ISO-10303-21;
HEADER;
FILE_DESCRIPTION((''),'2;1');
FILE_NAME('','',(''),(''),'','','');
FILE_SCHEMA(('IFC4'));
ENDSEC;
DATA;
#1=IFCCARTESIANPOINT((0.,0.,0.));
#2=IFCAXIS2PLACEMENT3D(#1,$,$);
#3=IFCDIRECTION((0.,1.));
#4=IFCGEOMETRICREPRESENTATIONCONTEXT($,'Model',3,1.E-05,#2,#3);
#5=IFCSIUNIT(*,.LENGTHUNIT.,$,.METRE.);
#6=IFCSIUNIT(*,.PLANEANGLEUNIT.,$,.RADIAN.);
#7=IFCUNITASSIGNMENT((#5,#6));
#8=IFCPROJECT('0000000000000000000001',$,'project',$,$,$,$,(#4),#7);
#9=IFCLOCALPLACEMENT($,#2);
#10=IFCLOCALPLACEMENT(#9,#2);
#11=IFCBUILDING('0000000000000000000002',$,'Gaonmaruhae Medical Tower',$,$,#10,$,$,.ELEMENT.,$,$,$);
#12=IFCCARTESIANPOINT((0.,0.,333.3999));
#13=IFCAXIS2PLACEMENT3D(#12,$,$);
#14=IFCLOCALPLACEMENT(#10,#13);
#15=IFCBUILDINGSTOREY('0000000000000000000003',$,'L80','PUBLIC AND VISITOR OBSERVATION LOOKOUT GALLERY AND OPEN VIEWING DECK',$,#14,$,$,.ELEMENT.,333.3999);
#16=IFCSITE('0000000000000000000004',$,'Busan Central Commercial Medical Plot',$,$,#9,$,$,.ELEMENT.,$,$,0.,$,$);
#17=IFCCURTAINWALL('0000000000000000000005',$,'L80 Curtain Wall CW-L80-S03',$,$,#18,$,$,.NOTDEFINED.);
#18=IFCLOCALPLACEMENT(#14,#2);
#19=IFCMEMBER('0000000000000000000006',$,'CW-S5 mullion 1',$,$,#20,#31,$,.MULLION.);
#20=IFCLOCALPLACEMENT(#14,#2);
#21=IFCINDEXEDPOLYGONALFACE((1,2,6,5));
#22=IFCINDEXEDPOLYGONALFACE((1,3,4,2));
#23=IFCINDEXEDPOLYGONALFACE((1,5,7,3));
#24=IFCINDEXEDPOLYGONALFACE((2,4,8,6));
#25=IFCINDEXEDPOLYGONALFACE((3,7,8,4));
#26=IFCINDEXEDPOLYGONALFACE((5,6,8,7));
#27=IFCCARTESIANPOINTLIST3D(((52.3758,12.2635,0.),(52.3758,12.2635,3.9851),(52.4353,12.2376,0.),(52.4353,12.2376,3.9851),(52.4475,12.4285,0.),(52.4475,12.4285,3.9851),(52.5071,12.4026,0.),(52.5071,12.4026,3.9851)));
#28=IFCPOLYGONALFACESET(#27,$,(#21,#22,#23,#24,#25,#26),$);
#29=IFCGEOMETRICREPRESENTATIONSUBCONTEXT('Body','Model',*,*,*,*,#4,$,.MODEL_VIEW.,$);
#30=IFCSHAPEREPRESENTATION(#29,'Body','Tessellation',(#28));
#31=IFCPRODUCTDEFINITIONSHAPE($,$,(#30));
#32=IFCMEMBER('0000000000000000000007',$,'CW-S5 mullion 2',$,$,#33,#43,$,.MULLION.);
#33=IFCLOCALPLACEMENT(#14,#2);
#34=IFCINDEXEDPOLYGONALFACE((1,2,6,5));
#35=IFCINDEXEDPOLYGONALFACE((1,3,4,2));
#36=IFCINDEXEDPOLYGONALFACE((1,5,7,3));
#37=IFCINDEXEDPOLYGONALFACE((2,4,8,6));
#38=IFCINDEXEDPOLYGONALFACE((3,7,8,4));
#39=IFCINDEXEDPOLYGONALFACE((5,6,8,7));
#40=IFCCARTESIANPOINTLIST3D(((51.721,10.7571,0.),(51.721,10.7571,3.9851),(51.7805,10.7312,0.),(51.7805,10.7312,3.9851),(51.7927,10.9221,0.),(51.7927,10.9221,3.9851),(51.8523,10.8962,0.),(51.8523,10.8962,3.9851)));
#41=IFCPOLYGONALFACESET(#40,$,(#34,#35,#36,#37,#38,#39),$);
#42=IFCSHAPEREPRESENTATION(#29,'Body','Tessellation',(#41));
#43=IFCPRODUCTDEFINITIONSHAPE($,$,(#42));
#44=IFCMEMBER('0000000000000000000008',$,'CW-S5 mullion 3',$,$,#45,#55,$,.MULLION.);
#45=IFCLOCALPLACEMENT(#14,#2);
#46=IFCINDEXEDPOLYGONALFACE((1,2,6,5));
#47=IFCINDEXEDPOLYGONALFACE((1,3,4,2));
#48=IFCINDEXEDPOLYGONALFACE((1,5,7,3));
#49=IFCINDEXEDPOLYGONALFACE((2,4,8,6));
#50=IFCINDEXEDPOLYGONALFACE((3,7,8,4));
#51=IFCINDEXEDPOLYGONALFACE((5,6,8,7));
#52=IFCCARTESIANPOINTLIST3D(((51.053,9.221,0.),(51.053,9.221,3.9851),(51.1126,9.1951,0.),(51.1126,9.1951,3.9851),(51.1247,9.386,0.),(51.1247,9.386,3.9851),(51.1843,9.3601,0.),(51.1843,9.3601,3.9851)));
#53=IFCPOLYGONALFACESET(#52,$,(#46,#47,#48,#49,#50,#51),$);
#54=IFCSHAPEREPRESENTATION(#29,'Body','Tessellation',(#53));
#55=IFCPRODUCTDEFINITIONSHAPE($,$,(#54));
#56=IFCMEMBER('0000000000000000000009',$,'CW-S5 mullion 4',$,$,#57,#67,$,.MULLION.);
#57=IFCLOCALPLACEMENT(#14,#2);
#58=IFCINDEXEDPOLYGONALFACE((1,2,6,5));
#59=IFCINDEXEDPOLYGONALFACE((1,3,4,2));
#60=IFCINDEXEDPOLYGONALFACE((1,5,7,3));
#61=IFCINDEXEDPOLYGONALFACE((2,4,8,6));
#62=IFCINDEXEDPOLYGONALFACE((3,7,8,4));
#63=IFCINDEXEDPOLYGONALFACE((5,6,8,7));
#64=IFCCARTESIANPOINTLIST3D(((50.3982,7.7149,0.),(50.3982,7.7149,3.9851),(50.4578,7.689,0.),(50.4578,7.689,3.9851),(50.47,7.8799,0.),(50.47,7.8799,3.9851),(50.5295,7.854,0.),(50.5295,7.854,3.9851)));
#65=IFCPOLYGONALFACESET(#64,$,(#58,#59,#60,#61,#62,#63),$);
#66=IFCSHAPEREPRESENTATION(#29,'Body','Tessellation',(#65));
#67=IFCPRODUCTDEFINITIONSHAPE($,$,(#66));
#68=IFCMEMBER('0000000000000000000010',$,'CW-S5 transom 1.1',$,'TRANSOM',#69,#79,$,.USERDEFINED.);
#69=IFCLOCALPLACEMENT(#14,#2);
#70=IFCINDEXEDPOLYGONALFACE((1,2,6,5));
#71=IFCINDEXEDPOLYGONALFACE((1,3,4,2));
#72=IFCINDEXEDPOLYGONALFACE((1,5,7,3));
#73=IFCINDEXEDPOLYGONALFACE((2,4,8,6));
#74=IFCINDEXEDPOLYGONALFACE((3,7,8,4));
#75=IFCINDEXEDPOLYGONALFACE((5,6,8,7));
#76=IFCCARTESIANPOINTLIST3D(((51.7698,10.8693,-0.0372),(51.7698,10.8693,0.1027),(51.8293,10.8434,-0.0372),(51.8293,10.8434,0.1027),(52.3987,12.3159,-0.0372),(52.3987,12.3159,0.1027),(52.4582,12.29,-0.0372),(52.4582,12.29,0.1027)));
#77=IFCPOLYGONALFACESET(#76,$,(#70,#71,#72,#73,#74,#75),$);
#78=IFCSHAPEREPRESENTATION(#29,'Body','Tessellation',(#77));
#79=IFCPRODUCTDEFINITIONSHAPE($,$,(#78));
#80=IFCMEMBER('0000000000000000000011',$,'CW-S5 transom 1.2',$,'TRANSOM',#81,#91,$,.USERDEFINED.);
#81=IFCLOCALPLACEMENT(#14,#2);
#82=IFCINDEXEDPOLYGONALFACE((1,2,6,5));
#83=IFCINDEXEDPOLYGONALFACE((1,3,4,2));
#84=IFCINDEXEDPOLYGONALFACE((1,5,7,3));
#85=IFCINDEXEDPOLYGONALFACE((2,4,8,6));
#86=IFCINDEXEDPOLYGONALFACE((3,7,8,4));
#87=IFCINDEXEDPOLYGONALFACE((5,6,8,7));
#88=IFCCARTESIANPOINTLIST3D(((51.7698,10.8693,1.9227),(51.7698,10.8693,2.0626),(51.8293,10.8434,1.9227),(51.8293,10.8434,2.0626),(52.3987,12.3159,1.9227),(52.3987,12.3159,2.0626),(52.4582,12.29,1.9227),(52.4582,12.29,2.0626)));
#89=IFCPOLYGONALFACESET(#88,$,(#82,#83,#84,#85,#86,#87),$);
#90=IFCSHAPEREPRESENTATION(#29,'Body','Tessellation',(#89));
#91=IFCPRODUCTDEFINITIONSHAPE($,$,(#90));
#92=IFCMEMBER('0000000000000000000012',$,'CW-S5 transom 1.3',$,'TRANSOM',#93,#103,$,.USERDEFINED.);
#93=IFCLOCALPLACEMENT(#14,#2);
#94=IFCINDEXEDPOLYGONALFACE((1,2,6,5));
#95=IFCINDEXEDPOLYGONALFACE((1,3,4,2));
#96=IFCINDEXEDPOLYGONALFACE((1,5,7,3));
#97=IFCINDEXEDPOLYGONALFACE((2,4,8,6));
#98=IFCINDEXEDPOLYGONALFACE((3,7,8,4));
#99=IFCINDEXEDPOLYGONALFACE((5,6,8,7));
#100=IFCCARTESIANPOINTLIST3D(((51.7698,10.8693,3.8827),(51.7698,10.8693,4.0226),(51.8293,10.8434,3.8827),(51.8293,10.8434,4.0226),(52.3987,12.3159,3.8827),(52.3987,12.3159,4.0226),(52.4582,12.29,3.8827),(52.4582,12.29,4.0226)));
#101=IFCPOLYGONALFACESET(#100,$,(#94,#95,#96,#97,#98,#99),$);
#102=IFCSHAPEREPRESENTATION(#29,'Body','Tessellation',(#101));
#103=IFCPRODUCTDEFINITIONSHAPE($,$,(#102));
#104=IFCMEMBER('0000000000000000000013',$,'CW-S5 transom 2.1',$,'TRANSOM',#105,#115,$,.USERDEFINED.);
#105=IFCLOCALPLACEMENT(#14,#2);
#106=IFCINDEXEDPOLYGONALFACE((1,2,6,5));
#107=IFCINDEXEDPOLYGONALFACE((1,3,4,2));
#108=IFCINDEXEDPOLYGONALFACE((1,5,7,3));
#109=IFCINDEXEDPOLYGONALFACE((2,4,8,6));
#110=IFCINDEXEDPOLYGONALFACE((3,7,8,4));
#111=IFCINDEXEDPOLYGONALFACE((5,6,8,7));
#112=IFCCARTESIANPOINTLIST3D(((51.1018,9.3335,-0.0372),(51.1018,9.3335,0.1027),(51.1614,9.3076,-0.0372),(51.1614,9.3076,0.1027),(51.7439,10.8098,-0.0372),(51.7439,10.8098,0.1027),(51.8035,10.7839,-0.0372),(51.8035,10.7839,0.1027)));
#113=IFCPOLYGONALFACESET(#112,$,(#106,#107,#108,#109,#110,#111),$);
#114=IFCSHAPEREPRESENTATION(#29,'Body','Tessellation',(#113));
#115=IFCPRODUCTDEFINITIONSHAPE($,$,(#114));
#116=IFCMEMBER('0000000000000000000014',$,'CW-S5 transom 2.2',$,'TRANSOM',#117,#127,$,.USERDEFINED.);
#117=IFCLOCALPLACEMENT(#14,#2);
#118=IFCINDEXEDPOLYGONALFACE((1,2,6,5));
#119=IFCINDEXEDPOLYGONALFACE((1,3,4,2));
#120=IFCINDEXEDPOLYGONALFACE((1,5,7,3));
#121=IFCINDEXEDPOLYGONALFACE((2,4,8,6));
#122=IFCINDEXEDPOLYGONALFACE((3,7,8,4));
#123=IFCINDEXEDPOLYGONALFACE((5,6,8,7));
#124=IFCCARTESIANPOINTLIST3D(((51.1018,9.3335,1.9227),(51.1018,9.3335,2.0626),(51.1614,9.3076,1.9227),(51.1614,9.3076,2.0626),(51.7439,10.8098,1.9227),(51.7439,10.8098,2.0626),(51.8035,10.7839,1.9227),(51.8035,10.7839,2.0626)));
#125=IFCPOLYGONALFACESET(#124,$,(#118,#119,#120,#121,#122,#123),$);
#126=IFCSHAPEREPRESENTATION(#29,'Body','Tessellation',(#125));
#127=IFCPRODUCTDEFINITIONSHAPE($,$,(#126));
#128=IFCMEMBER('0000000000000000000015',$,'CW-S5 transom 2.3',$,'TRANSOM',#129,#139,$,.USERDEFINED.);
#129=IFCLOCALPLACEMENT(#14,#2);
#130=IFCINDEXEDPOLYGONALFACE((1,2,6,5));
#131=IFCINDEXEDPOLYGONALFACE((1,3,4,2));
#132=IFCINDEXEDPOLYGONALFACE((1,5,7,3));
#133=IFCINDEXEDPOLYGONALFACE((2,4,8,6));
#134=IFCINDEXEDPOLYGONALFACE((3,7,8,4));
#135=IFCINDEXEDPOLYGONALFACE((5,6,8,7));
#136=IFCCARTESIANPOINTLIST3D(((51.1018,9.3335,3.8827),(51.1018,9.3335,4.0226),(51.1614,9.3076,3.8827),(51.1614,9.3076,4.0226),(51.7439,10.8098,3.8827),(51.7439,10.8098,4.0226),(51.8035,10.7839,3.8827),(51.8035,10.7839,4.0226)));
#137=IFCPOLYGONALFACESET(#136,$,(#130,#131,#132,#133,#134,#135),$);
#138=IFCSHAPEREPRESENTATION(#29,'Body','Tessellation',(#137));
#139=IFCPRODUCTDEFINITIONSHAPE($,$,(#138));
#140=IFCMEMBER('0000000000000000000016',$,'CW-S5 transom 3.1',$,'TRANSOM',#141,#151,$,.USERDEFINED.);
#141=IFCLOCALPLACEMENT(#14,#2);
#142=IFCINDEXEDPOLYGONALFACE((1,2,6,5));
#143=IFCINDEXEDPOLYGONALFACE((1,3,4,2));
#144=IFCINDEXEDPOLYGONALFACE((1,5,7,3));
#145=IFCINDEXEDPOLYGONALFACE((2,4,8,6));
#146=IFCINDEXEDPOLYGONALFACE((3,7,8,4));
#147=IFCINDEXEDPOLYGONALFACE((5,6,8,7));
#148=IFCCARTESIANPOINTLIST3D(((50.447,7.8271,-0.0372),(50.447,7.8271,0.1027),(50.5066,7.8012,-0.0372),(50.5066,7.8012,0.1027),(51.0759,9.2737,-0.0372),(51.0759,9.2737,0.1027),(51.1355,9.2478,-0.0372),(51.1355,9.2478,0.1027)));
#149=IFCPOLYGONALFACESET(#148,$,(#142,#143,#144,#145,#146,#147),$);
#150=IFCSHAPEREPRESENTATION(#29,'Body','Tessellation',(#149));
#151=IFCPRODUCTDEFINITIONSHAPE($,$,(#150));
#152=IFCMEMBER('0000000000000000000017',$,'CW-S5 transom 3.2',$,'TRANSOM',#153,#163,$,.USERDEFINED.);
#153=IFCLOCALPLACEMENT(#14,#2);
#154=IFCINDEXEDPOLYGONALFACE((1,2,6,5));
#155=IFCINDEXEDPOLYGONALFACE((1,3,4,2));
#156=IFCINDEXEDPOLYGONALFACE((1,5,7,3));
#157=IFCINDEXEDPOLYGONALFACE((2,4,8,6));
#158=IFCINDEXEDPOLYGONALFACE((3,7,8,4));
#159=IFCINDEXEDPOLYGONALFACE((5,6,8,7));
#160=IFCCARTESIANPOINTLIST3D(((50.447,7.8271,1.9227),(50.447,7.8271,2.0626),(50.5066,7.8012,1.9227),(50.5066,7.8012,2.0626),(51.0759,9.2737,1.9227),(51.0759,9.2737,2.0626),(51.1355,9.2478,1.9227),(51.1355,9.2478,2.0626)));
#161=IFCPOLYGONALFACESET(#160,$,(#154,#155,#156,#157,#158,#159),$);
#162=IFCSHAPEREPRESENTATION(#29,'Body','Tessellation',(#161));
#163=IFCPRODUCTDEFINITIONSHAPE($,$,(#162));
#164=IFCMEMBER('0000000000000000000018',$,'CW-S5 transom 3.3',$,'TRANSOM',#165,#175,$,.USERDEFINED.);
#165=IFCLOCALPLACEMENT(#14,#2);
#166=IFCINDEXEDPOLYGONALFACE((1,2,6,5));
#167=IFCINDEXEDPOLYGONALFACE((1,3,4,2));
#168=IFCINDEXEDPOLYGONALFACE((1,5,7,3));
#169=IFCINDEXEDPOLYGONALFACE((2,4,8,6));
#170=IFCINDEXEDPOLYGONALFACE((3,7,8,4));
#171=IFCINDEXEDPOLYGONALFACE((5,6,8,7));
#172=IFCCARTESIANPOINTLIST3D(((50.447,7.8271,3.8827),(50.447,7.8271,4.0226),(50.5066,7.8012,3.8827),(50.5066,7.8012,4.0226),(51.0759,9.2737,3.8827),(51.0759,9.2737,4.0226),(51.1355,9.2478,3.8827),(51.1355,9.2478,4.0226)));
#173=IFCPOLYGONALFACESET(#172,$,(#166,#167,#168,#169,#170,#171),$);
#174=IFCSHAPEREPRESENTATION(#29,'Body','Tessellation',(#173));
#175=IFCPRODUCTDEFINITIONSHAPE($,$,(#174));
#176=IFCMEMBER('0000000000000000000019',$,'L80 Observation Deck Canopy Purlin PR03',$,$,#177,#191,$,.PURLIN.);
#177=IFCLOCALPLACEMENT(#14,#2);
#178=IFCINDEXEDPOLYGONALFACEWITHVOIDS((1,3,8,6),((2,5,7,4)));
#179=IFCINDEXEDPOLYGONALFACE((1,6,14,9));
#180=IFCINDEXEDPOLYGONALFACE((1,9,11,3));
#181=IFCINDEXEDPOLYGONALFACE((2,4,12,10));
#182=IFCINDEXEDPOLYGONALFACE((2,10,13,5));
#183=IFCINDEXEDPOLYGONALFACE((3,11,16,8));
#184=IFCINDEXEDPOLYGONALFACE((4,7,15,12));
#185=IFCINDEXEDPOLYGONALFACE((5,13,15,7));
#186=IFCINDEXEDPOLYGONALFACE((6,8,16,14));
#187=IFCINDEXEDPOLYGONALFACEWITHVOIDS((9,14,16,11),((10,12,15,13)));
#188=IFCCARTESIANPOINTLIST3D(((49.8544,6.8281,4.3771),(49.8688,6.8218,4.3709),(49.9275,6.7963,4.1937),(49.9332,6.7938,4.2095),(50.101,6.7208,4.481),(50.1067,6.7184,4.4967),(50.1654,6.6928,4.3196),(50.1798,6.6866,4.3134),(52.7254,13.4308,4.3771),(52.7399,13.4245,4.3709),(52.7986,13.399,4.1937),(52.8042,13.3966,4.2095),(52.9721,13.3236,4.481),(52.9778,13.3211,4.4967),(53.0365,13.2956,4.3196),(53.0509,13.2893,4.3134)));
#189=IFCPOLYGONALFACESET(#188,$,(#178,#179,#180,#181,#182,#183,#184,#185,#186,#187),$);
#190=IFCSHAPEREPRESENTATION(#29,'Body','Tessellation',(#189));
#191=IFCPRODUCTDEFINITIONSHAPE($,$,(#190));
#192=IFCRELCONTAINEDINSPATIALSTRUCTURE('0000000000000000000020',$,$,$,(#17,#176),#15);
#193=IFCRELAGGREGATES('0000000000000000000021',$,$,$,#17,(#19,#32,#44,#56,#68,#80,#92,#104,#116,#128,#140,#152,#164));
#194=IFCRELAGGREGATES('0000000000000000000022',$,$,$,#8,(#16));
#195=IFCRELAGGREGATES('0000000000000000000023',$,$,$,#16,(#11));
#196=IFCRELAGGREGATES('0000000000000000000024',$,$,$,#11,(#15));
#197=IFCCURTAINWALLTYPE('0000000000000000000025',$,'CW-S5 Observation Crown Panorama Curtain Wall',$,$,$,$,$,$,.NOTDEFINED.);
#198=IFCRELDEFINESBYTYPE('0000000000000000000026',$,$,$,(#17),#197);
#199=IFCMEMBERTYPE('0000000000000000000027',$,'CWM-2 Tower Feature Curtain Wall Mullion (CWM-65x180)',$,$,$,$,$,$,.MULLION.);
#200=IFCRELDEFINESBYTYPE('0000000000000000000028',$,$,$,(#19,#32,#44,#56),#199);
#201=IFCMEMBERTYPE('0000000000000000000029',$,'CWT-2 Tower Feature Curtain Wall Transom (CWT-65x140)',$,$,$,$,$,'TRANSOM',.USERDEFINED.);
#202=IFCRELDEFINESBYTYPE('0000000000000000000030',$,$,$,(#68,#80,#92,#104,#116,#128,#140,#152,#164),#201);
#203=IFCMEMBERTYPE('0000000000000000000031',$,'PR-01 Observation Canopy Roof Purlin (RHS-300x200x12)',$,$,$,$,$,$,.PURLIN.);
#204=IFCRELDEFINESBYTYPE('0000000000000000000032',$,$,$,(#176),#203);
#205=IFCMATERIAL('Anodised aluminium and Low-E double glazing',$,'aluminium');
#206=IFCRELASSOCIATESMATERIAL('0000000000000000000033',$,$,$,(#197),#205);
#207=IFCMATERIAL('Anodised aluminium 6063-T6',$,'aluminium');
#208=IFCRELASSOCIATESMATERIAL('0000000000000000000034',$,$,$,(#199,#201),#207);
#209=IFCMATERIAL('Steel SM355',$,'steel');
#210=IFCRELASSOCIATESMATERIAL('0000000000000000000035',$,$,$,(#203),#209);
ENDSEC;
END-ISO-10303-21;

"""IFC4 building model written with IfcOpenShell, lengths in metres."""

from ifc_helpers import new_model, si_unit, direction, frame, origin, origin_2d, place, context, subcontext, project, spatial, rectangle, hollow_rectangle, extrude, material, material_profile, profile_set, type_object, element, aggregate, save


model = new_model("IFC4")

# Units and contexts
model_context = context("Model", 3, precision=1e-05, world=origin(), true_north=direction((0.0, 1.0)))
body_context = subcontext(model_context, "Body", "Model", "MODEL_VIEW")
ifc_project = project(units=[si_unit("LENGTHUNIT", "METRE"), si_unit("PLANEANGLEUNIT", "RADIAN")], contexts=[model_context])

# Site, building, storey
site_placement = place(None, origin())
site = spatial("IfcSite", under=ifc_project, at=site_placement, Name="Busan Central Commercial Medical Plot", CompositionType="ELEMENT", RefElevation=0.0)
building_placement = place(site_placement, origin())
building = spatial("IfcBuilding", under=site, at=building_placement, Name="Gaonmaruhae Medical Tower", CompositionType="ELEMENT")
storey_placement = place(building_placement, frame((0.0, 0.0, 333.3999)))
storey = spatial("IfcBuildingStorey", under=building, at=storey_placement, Name="L80", Description="PUBLIC AND VISITOR OBSERVATION LOOKOUT GALLERY AND OPEN VIEWING DECK", CompositionType="ELEMENT", Elevation=333.3999)

# Curtain wall, members
ifc_material_1 = material(Name="Anodised aluminium and Low-E double glazing", Category="aluminium")
curtain_wall_type = type_object("IfcCurtainWallType", Name="CW-S5 Observation Crown Panorama Curtain Wall", PredefinedType="NOTDEFINED", material=ifc_material_1)
curtain_wall_placement = place(storey_placement, origin())
curtain_wall = element("IfcCurtainWall", 1, at=curtain_wall_placement, inside=storey, type_object=curtain_wall_type, Name="L80 Curtain Wall CW-L80-S03", PredefinedType="NOTDEFINED")
ifc_material_2 = material(Name="Anodised aluminium 6063-T6", Category="aluminium")
ifc_material_profile_1 = material_profile(ifc_material_2, rectangle(XDim=0.0649, YDim=0.1799, at=origin_2d()), Name="CWM-65x180")
ifc_profile_set_1 = profile_set([ifc_material_profile_1], Name="Anodised aluminium 6063-T6")
member_type_1 = type_object("IfcMemberType", Name="CWM-2 Tower Feature Curtain Wall Mullion (CWM-65x180)", PredefinedType="MULLION", material=ifc_profile_set_1)
member_1_placement = place(storey_placement, frame((52.4414, 12.333, 0.0), z_axis=(0.0, 0.0, 1.0), x_axis=(0.917064, -0.398739, 0.0)))
member_1 = element("IfcMember", 2, at=member_1_placement, type_object=member_type_1, Name="CW-S5 mullion 1", PredefinedType="MULLION", context=body_context, shape_type="SweptSolid", body=[
    extrude(rectangle(XDim=0.0649, YDim=0.1799, at=origin_2d()), origin(), (0.0, 0.0, 1.0), 3.9851),
])
member_2_placement = place(storey_placement, frame((51.7866, 10.8267, 0.0), z_axis=(0.0, 0.0, 1.0), x_axis=(0.917064, -0.398739, 0.0)))
member_2 = element("IfcMember", 3, at=member_2_placement, type_object=member_type_1, Name="CW-S5 mullion 2", PredefinedType="MULLION", context=body_context, shape_type="SweptSolid", body=[
    extrude(rectangle(XDim=0.0649, YDim=0.1799, at=origin_2d()), origin(), (0.0, 0.0, 1.0), 3.9851),
])
member_3_placement = place(storey_placement, frame((51.1187, 9.2905, 0.0), z_axis=(0.0, 0.0, 1.0), x_axis=(0.917064, -0.398739, 0.0)))
member_3 = element("IfcMember", 4, at=member_3_placement, type_object=member_type_1, Name="CW-S5 mullion 3", PredefinedType="MULLION", context=body_context, shape_type="SweptSolid", body=[
    extrude(rectangle(XDim=0.0649, YDim=0.1799, at=origin_2d()), origin(), (0.0, 0.0, 1.0), 3.9851),
])
member_4_placement = place(storey_placement, frame((50.4639, 7.7844, 0.0), z_axis=(0.0, 0.0, 1.0), x_axis=(0.917064, -0.398739, 0.0)))
member_4 = element("IfcMember", 5, at=member_4_placement, type_object=member_type_1, Name="CW-S5 mullion 4", PredefinedType="MULLION", context=body_context, shape_type="SweptSolid", body=[
    extrude(rectangle(XDim=0.0649, YDim=0.1799, at=origin_2d()), origin(), (0.0, 0.0, 1.0), 3.9851),
])
ifc_material_profile_2 = material_profile(ifc_material_2, rectangle(XDim=0.0649, YDim=0.1399, at=origin_2d()), Name="CWT-65x140")
ifc_profile_set_2 = profile_set([ifc_material_profile_2], Name="Anodised aluminium 6063-T6")
member_type_2 = type_object("IfcMemberType", Name="CWT-2 Tower Feature Curtain Wall Transom (CWT-65x140)", ElementType="TRANSOM", PredefinedType="USERDEFINED", material=ifc_profile_set_2)
member_5_placement = place(storey_placement, frame((52.4285, 12.303, 0.0327), z_axis=(-0.398715, -0.917075, 0.0), x_axis=(0.917075, -0.398715, 0.0)))
member_5 = element("IfcMember", 6, at=member_5_placement, type_object=member_type_2, Name="CW-S5 transom 1.1", ObjectType="TRANSOM", PredefinedType="USERDEFINED", context=body_context, shape_type="SweptSolid", body=[
    extrude(rectangle(XDim=0.0649, YDim=0.1399, at=origin_2d()), origin(), (0.0, 0.0, 1.0), 1.5774),
])
member_6_placement = place(storey_placement, frame((52.4285, 12.303, 1.9927), z_axis=(-0.398715, -0.917075, 0.0), x_axis=(0.917075, -0.398715, 0.0)))
member_6 = element("IfcMember", 7, at=member_6_placement, type_object=member_type_2, Name="CW-S5 transom 1.2", ObjectType="TRANSOM", PredefinedType="USERDEFINED", context=body_context, shape_type="SweptSolid", body=[
    extrude(rectangle(XDim=0.0649, YDim=0.1399, at=origin_2d()), origin(), (0.0, 0.0, 1.0), 1.5774),
])
member_7_placement = place(storey_placement, frame((52.4285, 12.303, 3.9526), z_axis=(-0.398715, -0.917075, 0.0), x_axis=(0.917075, -0.398715, 0.0)))
member_7 = element("IfcMember", 8, at=member_7_placement, type_object=member_type_2, Name="CW-S5 transom 1.3", ObjectType="TRANSOM", PredefinedType="USERDEFINED", context=body_context, shape_type="SweptSolid", body=[
    extrude(rectangle(XDim=0.0649, YDim=0.1399, at=origin_2d()), origin(), (0.0, 0.0, 1.0), 1.5774),
])
member_8_placement = place(storey_placement, frame((51.7737, 10.7969, 0.0327), z_axis=(-0.398837, -0.917022, 0.0), x_axis=(0.917022, -0.398837, 0.0)))
member_8 = element("IfcMember", 9, at=member_8_placement, type_object=member_type_2, Name="CW-S5 transom 2.1", ObjectType="TRANSOM", PredefinedType="USERDEFINED", context=body_context, shape_type="SweptSolid", body=[
    extrude(rectangle(XDim=0.0649, YDim=0.1399, at=origin_2d()), origin(), (0.0, 0.0, 1.0), 1.6099),
])
member_9_placement = place(storey_placement, frame((51.7737, 10.7969, 1.9927), z_axis=(-0.398837, -0.917022, 0.0), x_axis=(0.917022, -0.398837, 0.0)))
member_9 = element("IfcMember", 10, at=member_9_placement, type_object=member_type_2, Name="CW-S5 transom 2.2", ObjectType="TRANSOM", PredefinedType="USERDEFINED", context=body_context, shape_type="SweptSolid", body=[
    extrude(rectangle(XDim=0.0649, YDim=0.1399, at=origin_2d()), origin(), (0.0, 0.0, 1.0), 1.6099),
])
member_10_placement = place(storey_placement, frame((51.7737, 10.7969, 3.9526), z_axis=(-0.398837, -0.917022, 0.0), x_axis=(0.917022, -0.398837, 0.0)))
member_10 = element("IfcMember", 11, at=member_10_placement, type_object=member_type_2, Name="CW-S5 transom 2.3", ObjectType="TRANSOM", PredefinedType="USERDEFINED", context=body_context, shape_type="SweptSolid", body=[
    extrude(rectangle(XDim=0.0649, YDim=0.1399, at=origin_2d()), origin(), (0.0, 0.0, 1.0), 1.6099),
])
member_11_placement = place(storey_placement, frame((51.1057, 9.2607, 0.0327), z_axis=(-0.398715, -0.917075, 0.0), x_axis=(0.917075, -0.398715, 0.0)))
member_11 = element("IfcMember", 12, at=member_11_placement, type_object=member_type_2, Name="CW-S5 transom 3.1", ObjectType="TRANSOM", PredefinedType="USERDEFINED", context=body_context, shape_type="SweptSolid", body=[
    extrude(rectangle(XDim=0.0649, YDim=0.1399, at=origin_2d()), origin(), (0.0, 0.0, 1.0), 1.5774),
])
member_12_placement = place(storey_placement, frame((51.1057, 9.2607, 1.9927), z_axis=(-0.398715, -0.917075, 0.0), x_axis=(0.917075, -0.398715, 0.0)))
member_12 = element("IfcMember", 13, at=member_12_placement, type_object=member_type_2, Name="CW-S5 transom 3.2", ObjectType="TRANSOM", PredefinedType="USERDEFINED", context=body_context, shape_type="SweptSolid", body=[
    extrude(rectangle(XDim=0.0649, YDim=0.1399, at=origin_2d()), origin(), (0.0, 0.0, 1.0), 1.5774),
])
member_13_placement = place(storey_placement, frame((51.1057, 9.2607, 3.9526), z_axis=(-0.398715, -0.917075, 0.0), x_axis=(0.917075, -0.398715, 0.0)))
member_13 = element("IfcMember", 14, at=member_13_placement, type_object=member_type_2, Name="CW-S5 transom 3.3", ObjectType="TRANSOM", PredefinedType="USERDEFINED", context=body_context, shape_type="SweptSolid", body=[
    extrude(rectangle(XDim=0.0649, YDim=0.1399, at=origin_2d()), origin(), (0.0, 0.0, 1.0), 1.5774),
])

# Member
ifc_material_3 = material(Name="Steel SM355", Category="steel")
ifc_material_profile_3 = material_profile(ifc_material_3, hollow_rectangle(XDim=0.2, YDim=0.3, WallThickness=0.012, at=origin_2d()), Name="RHS-300x200x12")
ifc_profile_set_3 = profile_set([ifc_material_profile_3], Name="Steel SM355")
member_type_3 = type_object("IfcMemberType", Name="PR-01 Observation Canopy Roof Purlin (RHS-300x200x12)", PredefinedType="PURLIN", material=ifc_profile_set_3)
member_14_placement = place(storey_placement, frame((50.0171, 6.7573, 4.3452), z_axis=(0.398763, 0.917054, 0.0), x_axis=(-0.365674, 0.159006, 0.91706)))
element("IfcMember", 15, at=member_14_placement, inside=storey, type_object=member_type_3, Name="L80 Observation Deck Canopy Purlin PR03", PredefinedType="PURLIN", context=body_context, shape_type="SweptSolid", body=[
    extrude(hollow_rectangle(XDim=0.2, YDim=0.3, WallThickness=0.012, at=origin_2d()), origin(), (0.0, 0.0, 1.0), 7.2),
])

aggregate(curtain_wall, [member_1, member_2, member_3, member_4, member_5, member_6, member_7, member_8, member_9, member_10, member_11, member_12, member_13])

save(model, "model.ifc")
